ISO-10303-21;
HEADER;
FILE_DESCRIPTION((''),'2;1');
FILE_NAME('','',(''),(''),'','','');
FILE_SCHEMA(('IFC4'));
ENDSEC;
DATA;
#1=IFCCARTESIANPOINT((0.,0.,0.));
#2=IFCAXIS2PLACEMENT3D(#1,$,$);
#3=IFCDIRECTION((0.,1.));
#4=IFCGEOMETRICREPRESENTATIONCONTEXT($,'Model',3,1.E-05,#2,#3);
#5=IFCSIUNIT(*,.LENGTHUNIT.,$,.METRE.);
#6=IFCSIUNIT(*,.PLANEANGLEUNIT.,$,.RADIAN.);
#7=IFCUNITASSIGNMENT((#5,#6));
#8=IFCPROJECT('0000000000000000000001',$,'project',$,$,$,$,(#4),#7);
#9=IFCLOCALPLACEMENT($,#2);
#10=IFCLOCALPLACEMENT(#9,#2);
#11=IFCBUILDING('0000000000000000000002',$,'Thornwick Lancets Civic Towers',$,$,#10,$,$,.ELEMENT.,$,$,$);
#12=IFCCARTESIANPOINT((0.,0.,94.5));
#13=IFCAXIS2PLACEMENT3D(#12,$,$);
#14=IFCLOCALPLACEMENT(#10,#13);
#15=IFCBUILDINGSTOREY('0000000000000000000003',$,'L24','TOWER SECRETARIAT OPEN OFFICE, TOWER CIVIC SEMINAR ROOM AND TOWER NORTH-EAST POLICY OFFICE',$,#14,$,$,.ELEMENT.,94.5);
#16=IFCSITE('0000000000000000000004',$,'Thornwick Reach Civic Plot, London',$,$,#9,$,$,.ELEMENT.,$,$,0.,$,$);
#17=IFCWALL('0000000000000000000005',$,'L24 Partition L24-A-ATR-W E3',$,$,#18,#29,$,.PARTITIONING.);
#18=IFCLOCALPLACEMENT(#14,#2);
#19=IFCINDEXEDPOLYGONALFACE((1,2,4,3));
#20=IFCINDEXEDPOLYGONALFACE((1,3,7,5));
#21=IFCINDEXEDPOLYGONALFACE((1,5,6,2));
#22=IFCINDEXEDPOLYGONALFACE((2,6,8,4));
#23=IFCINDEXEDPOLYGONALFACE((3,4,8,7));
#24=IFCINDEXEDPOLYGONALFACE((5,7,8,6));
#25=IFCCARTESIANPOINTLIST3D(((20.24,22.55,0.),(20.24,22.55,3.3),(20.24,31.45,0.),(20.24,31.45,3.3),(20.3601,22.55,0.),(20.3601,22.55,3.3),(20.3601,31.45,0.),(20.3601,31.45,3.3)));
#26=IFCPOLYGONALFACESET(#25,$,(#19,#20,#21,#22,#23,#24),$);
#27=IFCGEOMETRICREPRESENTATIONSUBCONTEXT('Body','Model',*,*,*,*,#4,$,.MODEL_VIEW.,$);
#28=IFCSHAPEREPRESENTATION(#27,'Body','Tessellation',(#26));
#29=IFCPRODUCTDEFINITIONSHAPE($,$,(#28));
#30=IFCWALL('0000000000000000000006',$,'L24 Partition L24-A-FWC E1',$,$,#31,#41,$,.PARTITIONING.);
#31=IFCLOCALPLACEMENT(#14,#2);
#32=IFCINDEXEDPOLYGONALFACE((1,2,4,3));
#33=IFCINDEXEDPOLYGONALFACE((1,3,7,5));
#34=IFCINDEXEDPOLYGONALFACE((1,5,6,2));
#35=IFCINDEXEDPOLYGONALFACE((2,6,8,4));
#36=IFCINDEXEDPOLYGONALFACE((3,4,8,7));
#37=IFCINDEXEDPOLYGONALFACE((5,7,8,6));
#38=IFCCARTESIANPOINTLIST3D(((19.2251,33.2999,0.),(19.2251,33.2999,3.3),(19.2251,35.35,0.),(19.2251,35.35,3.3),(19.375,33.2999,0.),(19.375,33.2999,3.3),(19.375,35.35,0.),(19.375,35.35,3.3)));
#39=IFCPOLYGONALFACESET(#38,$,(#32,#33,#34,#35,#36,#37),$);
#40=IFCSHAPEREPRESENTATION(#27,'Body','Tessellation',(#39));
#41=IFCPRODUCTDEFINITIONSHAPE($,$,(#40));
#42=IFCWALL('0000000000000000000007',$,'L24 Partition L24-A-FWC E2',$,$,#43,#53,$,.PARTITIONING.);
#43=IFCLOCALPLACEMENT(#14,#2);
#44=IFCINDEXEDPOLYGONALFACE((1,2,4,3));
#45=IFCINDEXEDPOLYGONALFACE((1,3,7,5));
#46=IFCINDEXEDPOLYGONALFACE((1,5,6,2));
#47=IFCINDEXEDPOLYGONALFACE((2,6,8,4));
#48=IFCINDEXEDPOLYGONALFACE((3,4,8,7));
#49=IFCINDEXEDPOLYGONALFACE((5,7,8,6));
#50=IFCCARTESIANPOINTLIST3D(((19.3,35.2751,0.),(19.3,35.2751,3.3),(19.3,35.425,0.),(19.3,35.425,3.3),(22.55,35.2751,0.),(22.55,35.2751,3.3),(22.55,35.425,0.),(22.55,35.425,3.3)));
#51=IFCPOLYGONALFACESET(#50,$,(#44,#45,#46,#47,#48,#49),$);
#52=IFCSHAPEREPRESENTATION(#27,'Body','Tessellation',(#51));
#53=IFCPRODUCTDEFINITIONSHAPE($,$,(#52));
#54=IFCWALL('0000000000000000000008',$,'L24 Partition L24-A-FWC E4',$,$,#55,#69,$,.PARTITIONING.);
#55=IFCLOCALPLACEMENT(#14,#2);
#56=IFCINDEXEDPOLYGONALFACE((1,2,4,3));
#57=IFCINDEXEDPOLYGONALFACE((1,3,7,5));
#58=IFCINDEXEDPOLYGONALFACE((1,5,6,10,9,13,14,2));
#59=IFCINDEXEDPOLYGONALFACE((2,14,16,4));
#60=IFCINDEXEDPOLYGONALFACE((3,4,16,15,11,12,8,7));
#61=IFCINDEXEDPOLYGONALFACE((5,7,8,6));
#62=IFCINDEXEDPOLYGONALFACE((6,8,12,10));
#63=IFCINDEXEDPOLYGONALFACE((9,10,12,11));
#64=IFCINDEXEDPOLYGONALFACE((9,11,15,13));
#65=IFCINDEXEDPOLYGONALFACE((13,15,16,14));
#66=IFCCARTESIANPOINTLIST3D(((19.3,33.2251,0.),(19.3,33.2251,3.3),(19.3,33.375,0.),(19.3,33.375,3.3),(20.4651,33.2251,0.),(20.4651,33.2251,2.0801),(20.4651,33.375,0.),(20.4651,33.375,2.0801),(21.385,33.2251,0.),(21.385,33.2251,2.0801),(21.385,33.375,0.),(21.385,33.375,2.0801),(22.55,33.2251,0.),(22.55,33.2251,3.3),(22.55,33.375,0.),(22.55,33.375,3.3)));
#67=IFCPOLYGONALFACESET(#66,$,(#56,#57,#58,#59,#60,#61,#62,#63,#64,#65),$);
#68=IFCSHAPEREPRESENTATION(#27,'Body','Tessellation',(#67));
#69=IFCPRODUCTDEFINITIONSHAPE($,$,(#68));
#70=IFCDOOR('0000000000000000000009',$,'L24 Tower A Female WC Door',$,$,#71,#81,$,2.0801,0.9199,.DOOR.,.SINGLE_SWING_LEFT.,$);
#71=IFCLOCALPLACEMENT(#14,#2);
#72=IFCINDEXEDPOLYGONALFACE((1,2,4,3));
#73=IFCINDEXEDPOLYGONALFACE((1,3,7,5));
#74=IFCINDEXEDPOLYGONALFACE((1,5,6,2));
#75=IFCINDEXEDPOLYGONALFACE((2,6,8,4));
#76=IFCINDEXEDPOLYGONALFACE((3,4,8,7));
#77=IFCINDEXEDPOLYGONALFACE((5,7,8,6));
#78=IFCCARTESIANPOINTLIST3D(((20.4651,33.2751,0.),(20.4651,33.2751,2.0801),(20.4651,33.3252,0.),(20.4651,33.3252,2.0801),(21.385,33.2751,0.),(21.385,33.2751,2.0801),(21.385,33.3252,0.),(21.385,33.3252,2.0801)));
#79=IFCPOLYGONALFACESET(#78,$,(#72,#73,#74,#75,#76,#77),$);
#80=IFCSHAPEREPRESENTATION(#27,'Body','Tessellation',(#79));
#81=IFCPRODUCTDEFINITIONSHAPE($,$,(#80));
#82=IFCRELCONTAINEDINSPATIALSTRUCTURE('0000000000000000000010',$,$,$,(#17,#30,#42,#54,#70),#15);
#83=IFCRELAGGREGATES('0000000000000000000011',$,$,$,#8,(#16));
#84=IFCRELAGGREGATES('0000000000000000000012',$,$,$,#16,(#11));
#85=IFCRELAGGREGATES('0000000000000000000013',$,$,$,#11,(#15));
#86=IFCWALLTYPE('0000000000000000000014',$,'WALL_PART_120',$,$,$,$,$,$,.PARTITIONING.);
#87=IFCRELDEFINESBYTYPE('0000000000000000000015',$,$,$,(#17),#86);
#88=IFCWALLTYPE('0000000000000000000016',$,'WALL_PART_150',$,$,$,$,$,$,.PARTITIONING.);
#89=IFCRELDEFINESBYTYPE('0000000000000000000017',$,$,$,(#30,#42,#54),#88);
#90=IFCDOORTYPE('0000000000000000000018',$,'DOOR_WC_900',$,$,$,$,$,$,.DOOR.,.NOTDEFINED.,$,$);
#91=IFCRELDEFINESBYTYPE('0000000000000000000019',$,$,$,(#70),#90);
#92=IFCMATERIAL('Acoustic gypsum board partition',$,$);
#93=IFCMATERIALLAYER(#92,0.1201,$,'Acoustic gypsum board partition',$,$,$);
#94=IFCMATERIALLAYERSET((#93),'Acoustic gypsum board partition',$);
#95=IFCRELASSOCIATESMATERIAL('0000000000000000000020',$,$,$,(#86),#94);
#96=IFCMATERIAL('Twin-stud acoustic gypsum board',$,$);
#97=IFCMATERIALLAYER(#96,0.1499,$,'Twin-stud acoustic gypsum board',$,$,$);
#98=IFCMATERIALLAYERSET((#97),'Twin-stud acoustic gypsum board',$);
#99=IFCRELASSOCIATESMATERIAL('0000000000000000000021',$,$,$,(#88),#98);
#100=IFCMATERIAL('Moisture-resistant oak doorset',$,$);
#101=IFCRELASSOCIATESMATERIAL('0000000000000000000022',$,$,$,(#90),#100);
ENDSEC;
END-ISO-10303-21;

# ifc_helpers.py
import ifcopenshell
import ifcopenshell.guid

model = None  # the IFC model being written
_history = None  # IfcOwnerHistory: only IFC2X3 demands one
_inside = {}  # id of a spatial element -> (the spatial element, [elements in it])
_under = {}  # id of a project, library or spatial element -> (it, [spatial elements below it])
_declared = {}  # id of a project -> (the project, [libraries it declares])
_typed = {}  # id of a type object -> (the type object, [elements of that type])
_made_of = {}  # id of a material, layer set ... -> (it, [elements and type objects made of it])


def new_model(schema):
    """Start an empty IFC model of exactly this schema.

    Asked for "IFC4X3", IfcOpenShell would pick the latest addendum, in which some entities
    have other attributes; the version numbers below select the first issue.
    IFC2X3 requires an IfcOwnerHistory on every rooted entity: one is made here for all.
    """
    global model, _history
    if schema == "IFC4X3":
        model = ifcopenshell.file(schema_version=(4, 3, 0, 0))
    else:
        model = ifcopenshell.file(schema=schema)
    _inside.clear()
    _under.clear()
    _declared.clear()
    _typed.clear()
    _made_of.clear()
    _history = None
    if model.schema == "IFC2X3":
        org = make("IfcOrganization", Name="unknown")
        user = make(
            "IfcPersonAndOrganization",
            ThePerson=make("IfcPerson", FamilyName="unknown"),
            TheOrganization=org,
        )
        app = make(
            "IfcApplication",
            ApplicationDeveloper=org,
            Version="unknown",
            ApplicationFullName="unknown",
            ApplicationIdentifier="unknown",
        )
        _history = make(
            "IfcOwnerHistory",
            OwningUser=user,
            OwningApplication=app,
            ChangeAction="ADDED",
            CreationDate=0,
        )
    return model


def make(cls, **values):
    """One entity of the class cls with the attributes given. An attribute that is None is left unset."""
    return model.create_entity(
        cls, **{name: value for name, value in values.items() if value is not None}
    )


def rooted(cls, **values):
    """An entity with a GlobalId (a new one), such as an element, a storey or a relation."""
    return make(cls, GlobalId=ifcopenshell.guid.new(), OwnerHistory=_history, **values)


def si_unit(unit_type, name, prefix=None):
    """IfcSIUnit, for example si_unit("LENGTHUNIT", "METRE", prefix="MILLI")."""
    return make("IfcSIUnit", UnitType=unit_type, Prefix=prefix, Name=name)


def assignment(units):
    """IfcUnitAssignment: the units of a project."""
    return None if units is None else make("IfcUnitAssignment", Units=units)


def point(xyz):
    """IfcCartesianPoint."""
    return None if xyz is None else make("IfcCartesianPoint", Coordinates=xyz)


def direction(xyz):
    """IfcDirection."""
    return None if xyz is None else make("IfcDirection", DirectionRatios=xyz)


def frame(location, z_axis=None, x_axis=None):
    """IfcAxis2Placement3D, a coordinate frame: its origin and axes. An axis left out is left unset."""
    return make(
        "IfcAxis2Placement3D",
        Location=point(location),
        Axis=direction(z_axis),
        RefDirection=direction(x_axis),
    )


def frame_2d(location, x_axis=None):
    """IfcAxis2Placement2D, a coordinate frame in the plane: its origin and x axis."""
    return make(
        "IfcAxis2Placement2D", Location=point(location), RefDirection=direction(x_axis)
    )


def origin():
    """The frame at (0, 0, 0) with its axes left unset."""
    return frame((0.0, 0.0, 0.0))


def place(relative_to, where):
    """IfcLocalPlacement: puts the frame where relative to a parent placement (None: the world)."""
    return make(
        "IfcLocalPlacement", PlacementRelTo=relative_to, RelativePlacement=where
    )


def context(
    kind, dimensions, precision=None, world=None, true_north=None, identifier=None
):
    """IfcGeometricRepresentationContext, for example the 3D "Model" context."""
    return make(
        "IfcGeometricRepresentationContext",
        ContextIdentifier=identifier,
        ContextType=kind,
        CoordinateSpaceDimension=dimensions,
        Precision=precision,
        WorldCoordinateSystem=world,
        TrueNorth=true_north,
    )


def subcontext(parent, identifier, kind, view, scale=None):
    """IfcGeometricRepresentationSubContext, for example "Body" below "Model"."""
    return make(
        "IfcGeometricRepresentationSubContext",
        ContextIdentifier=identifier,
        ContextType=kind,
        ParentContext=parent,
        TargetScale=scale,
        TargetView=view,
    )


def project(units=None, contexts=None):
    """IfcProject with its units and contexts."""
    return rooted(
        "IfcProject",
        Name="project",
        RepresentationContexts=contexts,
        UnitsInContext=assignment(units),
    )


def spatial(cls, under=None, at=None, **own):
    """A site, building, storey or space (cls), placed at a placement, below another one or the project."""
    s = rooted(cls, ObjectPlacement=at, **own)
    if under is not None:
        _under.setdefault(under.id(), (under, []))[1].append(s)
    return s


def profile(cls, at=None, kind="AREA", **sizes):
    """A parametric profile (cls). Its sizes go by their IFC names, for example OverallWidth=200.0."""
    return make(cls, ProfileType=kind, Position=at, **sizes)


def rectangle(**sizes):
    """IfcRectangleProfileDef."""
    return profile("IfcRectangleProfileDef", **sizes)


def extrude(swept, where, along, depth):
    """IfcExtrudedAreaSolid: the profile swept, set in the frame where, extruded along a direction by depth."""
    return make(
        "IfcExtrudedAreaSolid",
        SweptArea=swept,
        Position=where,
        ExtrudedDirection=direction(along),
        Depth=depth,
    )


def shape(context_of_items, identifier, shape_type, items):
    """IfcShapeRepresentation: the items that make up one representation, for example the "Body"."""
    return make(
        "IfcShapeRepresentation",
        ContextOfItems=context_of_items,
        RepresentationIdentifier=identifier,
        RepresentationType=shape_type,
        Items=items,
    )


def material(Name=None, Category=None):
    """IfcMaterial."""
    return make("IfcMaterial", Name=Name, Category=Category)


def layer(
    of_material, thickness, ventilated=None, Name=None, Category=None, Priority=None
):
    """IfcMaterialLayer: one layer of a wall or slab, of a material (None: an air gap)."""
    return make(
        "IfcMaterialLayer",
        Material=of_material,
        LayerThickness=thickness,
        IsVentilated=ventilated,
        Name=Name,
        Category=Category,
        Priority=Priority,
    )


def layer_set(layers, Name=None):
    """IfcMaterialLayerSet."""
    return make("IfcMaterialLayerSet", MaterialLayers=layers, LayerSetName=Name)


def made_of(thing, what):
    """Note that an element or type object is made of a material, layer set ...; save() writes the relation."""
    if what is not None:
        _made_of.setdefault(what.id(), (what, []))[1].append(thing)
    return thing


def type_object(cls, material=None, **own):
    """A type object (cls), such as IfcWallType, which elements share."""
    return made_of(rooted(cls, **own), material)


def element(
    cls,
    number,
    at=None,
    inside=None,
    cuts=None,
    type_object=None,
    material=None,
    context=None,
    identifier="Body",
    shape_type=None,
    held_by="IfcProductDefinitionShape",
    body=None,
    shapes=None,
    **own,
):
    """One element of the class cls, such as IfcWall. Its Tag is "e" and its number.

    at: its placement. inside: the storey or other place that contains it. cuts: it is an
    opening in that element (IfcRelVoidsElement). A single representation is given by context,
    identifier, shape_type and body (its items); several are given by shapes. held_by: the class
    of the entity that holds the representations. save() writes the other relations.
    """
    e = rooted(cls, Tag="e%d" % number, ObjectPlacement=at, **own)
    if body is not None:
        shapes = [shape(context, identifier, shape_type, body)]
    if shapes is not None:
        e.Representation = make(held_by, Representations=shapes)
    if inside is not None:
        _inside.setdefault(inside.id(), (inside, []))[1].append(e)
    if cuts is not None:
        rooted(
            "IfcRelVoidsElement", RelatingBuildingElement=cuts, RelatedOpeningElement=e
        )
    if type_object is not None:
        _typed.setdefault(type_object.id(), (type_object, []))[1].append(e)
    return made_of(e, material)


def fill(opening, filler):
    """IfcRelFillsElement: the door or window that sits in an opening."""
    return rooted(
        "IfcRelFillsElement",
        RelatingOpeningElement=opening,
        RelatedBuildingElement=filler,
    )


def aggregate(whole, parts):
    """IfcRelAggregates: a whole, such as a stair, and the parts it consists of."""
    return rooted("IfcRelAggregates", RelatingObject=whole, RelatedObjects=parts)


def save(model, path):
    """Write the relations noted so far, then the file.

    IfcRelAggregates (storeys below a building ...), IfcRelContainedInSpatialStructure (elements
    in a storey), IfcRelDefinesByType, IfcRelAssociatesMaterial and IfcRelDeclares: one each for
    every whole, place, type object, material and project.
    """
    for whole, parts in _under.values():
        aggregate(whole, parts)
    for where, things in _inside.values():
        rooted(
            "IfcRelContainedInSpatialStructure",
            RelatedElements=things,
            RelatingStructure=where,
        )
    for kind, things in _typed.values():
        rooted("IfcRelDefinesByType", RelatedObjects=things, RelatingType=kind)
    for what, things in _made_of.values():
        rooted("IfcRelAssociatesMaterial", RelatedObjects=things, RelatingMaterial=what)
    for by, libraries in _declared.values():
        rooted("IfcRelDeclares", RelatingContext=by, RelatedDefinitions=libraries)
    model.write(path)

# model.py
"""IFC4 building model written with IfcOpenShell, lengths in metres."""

from ifc_helpers import new_model, si_unit, direction, frame, frame_2d, origin, place, context, subcontext, project, spatial, rectangle, extrude, material, layer, layer_set, type_object, element, fill, save


model = new_model("IFC4")

# Units and contexts
model_context = context("Model", 3, precision=1e-05, world=origin(), true_north=direction((0.0, 1.0)))
body_context = subcontext(model_context, "Body", "Model", "MODEL_VIEW")
ifc_project = project(units=[si_unit("LENGTHUNIT", "METRE"), si_unit("PLANEANGLEUNIT", "RADIAN")], contexts=[model_context])

# Site, building, storey
site_placement = place(None, origin())
site = spatial("IfcSite", under=ifc_project, at=site_placement, Name="Thornwick Reach Civic Plot, London", CompositionType="ELEMENT", RefElevation=0.0)
building_placement = place(site_placement, origin())
building = spatial("IfcBuilding", under=site, at=building_placement, Name="Thornwick Lancets Civic Towers", CompositionType="ELEMENT")
storey_placement = place(building_placement, frame((0.0, 0.0, 94.5)))
storey = spatial("IfcBuildingStorey", under=building, at=storey_placement, Name="L24", Description="TOWER SECRETARIAT OPEN OFFICE, TOWER CIVIC SEMINAR ROOM AND TOWER NORTH-EAST POLICY OFFICE", CompositionType="ELEMENT", Elevation=94.5)

# Walls
ifc_material_1 = material(Name="Acoustic gypsum board partition")
ifc_layer_1 = layer(ifc_material_1, 0.1201, Name="Acoustic gypsum board partition")
ifc_layer_set_1 = layer_set([ifc_layer_1], Name="Acoustic gypsum board partition")
wall_type_1 = type_object("IfcWallType", Name="WALL_PART_120", PredefinedType="PARTITIONING", material=ifc_layer_set_1)
wall_1_placement = place(storey_placement, frame((20.3, 31.45, 0.0), z_axis=(0.0, 0.0, 1.0), x_axis=(0.0, -1.0, 0.0)))
element("IfcWall", 1, at=wall_1_placement, inside=storey, type_object=wall_type_1, Name="L24 Partition L24-A-ATR-W E3", PredefinedType="PARTITIONING", context=body_context, shape_type="SweptSolid", body=[
    extrude(rectangle(XDim=8.8999, YDim=0.1201, at=frame_2d((4.45, 0.0))), origin(), (0.0, 0.0, 1.0), 3.3),
])
ifc_material_2 = material(Name="Twin-stud acoustic gypsum board")
ifc_layer_2 = layer(ifc_material_2, 0.1499, Name="Twin-stud acoustic gypsum board")
ifc_layer_set_2 = layer_set([ifc_layer_2], Name="Twin-stud acoustic gypsum board")
wall_type_2 = type_object("IfcWallType", Name="WALL_PART_150", PredefinedType="PARTITIONING", material=ifc_layer_set_2)
wall_2_placement = place(storey_placement, frame((19.3, 33.3, 0.0), z_axis=(0.0, 0.0, 1.0), x_axis=(0.0, 1.0, 0.0)))
element("IfcWall", 2, at=wall_2_placement, inside=storey, type_object=wall_type_2, Name="L24 Partition L24-A-FWC E1", PredefinedType="PARTITIONING", context=body_context, shape_type="SweptSolid", body=[
    extrude(rectangle(XDim=2.05, YDim=0.1499, at=frame_2d((1.0249, 0.0))), origin(), (0.0, 0.0, 1.0), 3.3),
])
wall_3_placement = place(storey_placement, frame((19.3, 35.3501, 0.0), z_axis=(0.0, 0.0, 1.0), x_axis=(1.0, 0.0, 0.0)))
element("IfcWall", 3, at=wall_3_placement, inside=storey, type_object=wall_type_2, Name="L24 Partition L24-A-FWC E2", PredefinedType="PARTITIONING", context=body_context, shape_type="SweptSolid", body=[
    extrude(rectangle(XDim=3.25, YDim=0.1499, at=frame_2d((1.625, 0.0))), origin(), (0.0, 0.0, 1.0), 3.3),
])

# Wall, opening, door
wall_4_placement = place(storey_placement, frame((22.55, 33.3, 0.0), z_axis=(0.0, 0.0, 1.0), x_axis=(-1.0, 0.0, 0.0)))
wall_4 = element("IfcWall", 4, at=wall_4_placement, inside=storey, type_object=wall_type_2, Name="L24 Partition L24-A-FWC E4", PredefinedType="PARTITIONING", context=body_context, shape_type="SweptSolid", body=[
    extrude(rectangle(XDim=3.25, YDim=0.1499, at=frame_2d((1.625, 0.0))), origin(), (0.0, 0.0, 1.0), 3.3),
])
opening_1_placement = place(wall_4_placement, frame((1.165, 0.0, 0.0)))
opening_1 = element("IfcOpeningElement", 5, at=opening_1_placement, cuts=wall_4, PredefinedType="OPENING", context=body_context, shape_type="SweptSolid", body=[
    extrude(rectangle(XDim=0.9199, YDim=2.0801, at=frame_2d((0.46, 1.04))), frame((0.0, 0.085, 0.0), z_axis=(0.0, -1.0, 0.0), x_axis=(1.0, 0.0, 0.0)), (0.0, 0.0, 1.0), 0.1699),
])
ifc_material_3 = material(Name="Moisture-resistant oak doorset")
door_type_1 = type_object("IfcDoorType", Name="DOOR_WC_900", OperationType="NOTDEFINED", PredefinedType="DOOR", material=ifc_material_3)
door_1_placement = place(opening_1_placement, origin())
door_1 = element("IfcDoor", 6, at=door_1_placement, inside=storey, type_object=door_type_1, Name="L24 Tower A Female WC Door", OperationType="SINGLE_SWING_LEFT", OverallHeight=2.0801, OverallWidth=0.9199, PredefinedType="DOOR", context=body_context, shape_type="SweptSolid", body=[
    extrude(rectangle(XDim=0.9199, YDim=2.0801, at=frame_2d((0.46, 1.04))), frame((0.0, 0.0249, 0.0), z_axis=(0.0, -1.0, 0.0), x_axis=(1.0, 0.0, 0.0)), (0.0, 0.0, 1.0), 0.05),
])
fill(opening_1, door_1)

save(model, "model.ifc")
